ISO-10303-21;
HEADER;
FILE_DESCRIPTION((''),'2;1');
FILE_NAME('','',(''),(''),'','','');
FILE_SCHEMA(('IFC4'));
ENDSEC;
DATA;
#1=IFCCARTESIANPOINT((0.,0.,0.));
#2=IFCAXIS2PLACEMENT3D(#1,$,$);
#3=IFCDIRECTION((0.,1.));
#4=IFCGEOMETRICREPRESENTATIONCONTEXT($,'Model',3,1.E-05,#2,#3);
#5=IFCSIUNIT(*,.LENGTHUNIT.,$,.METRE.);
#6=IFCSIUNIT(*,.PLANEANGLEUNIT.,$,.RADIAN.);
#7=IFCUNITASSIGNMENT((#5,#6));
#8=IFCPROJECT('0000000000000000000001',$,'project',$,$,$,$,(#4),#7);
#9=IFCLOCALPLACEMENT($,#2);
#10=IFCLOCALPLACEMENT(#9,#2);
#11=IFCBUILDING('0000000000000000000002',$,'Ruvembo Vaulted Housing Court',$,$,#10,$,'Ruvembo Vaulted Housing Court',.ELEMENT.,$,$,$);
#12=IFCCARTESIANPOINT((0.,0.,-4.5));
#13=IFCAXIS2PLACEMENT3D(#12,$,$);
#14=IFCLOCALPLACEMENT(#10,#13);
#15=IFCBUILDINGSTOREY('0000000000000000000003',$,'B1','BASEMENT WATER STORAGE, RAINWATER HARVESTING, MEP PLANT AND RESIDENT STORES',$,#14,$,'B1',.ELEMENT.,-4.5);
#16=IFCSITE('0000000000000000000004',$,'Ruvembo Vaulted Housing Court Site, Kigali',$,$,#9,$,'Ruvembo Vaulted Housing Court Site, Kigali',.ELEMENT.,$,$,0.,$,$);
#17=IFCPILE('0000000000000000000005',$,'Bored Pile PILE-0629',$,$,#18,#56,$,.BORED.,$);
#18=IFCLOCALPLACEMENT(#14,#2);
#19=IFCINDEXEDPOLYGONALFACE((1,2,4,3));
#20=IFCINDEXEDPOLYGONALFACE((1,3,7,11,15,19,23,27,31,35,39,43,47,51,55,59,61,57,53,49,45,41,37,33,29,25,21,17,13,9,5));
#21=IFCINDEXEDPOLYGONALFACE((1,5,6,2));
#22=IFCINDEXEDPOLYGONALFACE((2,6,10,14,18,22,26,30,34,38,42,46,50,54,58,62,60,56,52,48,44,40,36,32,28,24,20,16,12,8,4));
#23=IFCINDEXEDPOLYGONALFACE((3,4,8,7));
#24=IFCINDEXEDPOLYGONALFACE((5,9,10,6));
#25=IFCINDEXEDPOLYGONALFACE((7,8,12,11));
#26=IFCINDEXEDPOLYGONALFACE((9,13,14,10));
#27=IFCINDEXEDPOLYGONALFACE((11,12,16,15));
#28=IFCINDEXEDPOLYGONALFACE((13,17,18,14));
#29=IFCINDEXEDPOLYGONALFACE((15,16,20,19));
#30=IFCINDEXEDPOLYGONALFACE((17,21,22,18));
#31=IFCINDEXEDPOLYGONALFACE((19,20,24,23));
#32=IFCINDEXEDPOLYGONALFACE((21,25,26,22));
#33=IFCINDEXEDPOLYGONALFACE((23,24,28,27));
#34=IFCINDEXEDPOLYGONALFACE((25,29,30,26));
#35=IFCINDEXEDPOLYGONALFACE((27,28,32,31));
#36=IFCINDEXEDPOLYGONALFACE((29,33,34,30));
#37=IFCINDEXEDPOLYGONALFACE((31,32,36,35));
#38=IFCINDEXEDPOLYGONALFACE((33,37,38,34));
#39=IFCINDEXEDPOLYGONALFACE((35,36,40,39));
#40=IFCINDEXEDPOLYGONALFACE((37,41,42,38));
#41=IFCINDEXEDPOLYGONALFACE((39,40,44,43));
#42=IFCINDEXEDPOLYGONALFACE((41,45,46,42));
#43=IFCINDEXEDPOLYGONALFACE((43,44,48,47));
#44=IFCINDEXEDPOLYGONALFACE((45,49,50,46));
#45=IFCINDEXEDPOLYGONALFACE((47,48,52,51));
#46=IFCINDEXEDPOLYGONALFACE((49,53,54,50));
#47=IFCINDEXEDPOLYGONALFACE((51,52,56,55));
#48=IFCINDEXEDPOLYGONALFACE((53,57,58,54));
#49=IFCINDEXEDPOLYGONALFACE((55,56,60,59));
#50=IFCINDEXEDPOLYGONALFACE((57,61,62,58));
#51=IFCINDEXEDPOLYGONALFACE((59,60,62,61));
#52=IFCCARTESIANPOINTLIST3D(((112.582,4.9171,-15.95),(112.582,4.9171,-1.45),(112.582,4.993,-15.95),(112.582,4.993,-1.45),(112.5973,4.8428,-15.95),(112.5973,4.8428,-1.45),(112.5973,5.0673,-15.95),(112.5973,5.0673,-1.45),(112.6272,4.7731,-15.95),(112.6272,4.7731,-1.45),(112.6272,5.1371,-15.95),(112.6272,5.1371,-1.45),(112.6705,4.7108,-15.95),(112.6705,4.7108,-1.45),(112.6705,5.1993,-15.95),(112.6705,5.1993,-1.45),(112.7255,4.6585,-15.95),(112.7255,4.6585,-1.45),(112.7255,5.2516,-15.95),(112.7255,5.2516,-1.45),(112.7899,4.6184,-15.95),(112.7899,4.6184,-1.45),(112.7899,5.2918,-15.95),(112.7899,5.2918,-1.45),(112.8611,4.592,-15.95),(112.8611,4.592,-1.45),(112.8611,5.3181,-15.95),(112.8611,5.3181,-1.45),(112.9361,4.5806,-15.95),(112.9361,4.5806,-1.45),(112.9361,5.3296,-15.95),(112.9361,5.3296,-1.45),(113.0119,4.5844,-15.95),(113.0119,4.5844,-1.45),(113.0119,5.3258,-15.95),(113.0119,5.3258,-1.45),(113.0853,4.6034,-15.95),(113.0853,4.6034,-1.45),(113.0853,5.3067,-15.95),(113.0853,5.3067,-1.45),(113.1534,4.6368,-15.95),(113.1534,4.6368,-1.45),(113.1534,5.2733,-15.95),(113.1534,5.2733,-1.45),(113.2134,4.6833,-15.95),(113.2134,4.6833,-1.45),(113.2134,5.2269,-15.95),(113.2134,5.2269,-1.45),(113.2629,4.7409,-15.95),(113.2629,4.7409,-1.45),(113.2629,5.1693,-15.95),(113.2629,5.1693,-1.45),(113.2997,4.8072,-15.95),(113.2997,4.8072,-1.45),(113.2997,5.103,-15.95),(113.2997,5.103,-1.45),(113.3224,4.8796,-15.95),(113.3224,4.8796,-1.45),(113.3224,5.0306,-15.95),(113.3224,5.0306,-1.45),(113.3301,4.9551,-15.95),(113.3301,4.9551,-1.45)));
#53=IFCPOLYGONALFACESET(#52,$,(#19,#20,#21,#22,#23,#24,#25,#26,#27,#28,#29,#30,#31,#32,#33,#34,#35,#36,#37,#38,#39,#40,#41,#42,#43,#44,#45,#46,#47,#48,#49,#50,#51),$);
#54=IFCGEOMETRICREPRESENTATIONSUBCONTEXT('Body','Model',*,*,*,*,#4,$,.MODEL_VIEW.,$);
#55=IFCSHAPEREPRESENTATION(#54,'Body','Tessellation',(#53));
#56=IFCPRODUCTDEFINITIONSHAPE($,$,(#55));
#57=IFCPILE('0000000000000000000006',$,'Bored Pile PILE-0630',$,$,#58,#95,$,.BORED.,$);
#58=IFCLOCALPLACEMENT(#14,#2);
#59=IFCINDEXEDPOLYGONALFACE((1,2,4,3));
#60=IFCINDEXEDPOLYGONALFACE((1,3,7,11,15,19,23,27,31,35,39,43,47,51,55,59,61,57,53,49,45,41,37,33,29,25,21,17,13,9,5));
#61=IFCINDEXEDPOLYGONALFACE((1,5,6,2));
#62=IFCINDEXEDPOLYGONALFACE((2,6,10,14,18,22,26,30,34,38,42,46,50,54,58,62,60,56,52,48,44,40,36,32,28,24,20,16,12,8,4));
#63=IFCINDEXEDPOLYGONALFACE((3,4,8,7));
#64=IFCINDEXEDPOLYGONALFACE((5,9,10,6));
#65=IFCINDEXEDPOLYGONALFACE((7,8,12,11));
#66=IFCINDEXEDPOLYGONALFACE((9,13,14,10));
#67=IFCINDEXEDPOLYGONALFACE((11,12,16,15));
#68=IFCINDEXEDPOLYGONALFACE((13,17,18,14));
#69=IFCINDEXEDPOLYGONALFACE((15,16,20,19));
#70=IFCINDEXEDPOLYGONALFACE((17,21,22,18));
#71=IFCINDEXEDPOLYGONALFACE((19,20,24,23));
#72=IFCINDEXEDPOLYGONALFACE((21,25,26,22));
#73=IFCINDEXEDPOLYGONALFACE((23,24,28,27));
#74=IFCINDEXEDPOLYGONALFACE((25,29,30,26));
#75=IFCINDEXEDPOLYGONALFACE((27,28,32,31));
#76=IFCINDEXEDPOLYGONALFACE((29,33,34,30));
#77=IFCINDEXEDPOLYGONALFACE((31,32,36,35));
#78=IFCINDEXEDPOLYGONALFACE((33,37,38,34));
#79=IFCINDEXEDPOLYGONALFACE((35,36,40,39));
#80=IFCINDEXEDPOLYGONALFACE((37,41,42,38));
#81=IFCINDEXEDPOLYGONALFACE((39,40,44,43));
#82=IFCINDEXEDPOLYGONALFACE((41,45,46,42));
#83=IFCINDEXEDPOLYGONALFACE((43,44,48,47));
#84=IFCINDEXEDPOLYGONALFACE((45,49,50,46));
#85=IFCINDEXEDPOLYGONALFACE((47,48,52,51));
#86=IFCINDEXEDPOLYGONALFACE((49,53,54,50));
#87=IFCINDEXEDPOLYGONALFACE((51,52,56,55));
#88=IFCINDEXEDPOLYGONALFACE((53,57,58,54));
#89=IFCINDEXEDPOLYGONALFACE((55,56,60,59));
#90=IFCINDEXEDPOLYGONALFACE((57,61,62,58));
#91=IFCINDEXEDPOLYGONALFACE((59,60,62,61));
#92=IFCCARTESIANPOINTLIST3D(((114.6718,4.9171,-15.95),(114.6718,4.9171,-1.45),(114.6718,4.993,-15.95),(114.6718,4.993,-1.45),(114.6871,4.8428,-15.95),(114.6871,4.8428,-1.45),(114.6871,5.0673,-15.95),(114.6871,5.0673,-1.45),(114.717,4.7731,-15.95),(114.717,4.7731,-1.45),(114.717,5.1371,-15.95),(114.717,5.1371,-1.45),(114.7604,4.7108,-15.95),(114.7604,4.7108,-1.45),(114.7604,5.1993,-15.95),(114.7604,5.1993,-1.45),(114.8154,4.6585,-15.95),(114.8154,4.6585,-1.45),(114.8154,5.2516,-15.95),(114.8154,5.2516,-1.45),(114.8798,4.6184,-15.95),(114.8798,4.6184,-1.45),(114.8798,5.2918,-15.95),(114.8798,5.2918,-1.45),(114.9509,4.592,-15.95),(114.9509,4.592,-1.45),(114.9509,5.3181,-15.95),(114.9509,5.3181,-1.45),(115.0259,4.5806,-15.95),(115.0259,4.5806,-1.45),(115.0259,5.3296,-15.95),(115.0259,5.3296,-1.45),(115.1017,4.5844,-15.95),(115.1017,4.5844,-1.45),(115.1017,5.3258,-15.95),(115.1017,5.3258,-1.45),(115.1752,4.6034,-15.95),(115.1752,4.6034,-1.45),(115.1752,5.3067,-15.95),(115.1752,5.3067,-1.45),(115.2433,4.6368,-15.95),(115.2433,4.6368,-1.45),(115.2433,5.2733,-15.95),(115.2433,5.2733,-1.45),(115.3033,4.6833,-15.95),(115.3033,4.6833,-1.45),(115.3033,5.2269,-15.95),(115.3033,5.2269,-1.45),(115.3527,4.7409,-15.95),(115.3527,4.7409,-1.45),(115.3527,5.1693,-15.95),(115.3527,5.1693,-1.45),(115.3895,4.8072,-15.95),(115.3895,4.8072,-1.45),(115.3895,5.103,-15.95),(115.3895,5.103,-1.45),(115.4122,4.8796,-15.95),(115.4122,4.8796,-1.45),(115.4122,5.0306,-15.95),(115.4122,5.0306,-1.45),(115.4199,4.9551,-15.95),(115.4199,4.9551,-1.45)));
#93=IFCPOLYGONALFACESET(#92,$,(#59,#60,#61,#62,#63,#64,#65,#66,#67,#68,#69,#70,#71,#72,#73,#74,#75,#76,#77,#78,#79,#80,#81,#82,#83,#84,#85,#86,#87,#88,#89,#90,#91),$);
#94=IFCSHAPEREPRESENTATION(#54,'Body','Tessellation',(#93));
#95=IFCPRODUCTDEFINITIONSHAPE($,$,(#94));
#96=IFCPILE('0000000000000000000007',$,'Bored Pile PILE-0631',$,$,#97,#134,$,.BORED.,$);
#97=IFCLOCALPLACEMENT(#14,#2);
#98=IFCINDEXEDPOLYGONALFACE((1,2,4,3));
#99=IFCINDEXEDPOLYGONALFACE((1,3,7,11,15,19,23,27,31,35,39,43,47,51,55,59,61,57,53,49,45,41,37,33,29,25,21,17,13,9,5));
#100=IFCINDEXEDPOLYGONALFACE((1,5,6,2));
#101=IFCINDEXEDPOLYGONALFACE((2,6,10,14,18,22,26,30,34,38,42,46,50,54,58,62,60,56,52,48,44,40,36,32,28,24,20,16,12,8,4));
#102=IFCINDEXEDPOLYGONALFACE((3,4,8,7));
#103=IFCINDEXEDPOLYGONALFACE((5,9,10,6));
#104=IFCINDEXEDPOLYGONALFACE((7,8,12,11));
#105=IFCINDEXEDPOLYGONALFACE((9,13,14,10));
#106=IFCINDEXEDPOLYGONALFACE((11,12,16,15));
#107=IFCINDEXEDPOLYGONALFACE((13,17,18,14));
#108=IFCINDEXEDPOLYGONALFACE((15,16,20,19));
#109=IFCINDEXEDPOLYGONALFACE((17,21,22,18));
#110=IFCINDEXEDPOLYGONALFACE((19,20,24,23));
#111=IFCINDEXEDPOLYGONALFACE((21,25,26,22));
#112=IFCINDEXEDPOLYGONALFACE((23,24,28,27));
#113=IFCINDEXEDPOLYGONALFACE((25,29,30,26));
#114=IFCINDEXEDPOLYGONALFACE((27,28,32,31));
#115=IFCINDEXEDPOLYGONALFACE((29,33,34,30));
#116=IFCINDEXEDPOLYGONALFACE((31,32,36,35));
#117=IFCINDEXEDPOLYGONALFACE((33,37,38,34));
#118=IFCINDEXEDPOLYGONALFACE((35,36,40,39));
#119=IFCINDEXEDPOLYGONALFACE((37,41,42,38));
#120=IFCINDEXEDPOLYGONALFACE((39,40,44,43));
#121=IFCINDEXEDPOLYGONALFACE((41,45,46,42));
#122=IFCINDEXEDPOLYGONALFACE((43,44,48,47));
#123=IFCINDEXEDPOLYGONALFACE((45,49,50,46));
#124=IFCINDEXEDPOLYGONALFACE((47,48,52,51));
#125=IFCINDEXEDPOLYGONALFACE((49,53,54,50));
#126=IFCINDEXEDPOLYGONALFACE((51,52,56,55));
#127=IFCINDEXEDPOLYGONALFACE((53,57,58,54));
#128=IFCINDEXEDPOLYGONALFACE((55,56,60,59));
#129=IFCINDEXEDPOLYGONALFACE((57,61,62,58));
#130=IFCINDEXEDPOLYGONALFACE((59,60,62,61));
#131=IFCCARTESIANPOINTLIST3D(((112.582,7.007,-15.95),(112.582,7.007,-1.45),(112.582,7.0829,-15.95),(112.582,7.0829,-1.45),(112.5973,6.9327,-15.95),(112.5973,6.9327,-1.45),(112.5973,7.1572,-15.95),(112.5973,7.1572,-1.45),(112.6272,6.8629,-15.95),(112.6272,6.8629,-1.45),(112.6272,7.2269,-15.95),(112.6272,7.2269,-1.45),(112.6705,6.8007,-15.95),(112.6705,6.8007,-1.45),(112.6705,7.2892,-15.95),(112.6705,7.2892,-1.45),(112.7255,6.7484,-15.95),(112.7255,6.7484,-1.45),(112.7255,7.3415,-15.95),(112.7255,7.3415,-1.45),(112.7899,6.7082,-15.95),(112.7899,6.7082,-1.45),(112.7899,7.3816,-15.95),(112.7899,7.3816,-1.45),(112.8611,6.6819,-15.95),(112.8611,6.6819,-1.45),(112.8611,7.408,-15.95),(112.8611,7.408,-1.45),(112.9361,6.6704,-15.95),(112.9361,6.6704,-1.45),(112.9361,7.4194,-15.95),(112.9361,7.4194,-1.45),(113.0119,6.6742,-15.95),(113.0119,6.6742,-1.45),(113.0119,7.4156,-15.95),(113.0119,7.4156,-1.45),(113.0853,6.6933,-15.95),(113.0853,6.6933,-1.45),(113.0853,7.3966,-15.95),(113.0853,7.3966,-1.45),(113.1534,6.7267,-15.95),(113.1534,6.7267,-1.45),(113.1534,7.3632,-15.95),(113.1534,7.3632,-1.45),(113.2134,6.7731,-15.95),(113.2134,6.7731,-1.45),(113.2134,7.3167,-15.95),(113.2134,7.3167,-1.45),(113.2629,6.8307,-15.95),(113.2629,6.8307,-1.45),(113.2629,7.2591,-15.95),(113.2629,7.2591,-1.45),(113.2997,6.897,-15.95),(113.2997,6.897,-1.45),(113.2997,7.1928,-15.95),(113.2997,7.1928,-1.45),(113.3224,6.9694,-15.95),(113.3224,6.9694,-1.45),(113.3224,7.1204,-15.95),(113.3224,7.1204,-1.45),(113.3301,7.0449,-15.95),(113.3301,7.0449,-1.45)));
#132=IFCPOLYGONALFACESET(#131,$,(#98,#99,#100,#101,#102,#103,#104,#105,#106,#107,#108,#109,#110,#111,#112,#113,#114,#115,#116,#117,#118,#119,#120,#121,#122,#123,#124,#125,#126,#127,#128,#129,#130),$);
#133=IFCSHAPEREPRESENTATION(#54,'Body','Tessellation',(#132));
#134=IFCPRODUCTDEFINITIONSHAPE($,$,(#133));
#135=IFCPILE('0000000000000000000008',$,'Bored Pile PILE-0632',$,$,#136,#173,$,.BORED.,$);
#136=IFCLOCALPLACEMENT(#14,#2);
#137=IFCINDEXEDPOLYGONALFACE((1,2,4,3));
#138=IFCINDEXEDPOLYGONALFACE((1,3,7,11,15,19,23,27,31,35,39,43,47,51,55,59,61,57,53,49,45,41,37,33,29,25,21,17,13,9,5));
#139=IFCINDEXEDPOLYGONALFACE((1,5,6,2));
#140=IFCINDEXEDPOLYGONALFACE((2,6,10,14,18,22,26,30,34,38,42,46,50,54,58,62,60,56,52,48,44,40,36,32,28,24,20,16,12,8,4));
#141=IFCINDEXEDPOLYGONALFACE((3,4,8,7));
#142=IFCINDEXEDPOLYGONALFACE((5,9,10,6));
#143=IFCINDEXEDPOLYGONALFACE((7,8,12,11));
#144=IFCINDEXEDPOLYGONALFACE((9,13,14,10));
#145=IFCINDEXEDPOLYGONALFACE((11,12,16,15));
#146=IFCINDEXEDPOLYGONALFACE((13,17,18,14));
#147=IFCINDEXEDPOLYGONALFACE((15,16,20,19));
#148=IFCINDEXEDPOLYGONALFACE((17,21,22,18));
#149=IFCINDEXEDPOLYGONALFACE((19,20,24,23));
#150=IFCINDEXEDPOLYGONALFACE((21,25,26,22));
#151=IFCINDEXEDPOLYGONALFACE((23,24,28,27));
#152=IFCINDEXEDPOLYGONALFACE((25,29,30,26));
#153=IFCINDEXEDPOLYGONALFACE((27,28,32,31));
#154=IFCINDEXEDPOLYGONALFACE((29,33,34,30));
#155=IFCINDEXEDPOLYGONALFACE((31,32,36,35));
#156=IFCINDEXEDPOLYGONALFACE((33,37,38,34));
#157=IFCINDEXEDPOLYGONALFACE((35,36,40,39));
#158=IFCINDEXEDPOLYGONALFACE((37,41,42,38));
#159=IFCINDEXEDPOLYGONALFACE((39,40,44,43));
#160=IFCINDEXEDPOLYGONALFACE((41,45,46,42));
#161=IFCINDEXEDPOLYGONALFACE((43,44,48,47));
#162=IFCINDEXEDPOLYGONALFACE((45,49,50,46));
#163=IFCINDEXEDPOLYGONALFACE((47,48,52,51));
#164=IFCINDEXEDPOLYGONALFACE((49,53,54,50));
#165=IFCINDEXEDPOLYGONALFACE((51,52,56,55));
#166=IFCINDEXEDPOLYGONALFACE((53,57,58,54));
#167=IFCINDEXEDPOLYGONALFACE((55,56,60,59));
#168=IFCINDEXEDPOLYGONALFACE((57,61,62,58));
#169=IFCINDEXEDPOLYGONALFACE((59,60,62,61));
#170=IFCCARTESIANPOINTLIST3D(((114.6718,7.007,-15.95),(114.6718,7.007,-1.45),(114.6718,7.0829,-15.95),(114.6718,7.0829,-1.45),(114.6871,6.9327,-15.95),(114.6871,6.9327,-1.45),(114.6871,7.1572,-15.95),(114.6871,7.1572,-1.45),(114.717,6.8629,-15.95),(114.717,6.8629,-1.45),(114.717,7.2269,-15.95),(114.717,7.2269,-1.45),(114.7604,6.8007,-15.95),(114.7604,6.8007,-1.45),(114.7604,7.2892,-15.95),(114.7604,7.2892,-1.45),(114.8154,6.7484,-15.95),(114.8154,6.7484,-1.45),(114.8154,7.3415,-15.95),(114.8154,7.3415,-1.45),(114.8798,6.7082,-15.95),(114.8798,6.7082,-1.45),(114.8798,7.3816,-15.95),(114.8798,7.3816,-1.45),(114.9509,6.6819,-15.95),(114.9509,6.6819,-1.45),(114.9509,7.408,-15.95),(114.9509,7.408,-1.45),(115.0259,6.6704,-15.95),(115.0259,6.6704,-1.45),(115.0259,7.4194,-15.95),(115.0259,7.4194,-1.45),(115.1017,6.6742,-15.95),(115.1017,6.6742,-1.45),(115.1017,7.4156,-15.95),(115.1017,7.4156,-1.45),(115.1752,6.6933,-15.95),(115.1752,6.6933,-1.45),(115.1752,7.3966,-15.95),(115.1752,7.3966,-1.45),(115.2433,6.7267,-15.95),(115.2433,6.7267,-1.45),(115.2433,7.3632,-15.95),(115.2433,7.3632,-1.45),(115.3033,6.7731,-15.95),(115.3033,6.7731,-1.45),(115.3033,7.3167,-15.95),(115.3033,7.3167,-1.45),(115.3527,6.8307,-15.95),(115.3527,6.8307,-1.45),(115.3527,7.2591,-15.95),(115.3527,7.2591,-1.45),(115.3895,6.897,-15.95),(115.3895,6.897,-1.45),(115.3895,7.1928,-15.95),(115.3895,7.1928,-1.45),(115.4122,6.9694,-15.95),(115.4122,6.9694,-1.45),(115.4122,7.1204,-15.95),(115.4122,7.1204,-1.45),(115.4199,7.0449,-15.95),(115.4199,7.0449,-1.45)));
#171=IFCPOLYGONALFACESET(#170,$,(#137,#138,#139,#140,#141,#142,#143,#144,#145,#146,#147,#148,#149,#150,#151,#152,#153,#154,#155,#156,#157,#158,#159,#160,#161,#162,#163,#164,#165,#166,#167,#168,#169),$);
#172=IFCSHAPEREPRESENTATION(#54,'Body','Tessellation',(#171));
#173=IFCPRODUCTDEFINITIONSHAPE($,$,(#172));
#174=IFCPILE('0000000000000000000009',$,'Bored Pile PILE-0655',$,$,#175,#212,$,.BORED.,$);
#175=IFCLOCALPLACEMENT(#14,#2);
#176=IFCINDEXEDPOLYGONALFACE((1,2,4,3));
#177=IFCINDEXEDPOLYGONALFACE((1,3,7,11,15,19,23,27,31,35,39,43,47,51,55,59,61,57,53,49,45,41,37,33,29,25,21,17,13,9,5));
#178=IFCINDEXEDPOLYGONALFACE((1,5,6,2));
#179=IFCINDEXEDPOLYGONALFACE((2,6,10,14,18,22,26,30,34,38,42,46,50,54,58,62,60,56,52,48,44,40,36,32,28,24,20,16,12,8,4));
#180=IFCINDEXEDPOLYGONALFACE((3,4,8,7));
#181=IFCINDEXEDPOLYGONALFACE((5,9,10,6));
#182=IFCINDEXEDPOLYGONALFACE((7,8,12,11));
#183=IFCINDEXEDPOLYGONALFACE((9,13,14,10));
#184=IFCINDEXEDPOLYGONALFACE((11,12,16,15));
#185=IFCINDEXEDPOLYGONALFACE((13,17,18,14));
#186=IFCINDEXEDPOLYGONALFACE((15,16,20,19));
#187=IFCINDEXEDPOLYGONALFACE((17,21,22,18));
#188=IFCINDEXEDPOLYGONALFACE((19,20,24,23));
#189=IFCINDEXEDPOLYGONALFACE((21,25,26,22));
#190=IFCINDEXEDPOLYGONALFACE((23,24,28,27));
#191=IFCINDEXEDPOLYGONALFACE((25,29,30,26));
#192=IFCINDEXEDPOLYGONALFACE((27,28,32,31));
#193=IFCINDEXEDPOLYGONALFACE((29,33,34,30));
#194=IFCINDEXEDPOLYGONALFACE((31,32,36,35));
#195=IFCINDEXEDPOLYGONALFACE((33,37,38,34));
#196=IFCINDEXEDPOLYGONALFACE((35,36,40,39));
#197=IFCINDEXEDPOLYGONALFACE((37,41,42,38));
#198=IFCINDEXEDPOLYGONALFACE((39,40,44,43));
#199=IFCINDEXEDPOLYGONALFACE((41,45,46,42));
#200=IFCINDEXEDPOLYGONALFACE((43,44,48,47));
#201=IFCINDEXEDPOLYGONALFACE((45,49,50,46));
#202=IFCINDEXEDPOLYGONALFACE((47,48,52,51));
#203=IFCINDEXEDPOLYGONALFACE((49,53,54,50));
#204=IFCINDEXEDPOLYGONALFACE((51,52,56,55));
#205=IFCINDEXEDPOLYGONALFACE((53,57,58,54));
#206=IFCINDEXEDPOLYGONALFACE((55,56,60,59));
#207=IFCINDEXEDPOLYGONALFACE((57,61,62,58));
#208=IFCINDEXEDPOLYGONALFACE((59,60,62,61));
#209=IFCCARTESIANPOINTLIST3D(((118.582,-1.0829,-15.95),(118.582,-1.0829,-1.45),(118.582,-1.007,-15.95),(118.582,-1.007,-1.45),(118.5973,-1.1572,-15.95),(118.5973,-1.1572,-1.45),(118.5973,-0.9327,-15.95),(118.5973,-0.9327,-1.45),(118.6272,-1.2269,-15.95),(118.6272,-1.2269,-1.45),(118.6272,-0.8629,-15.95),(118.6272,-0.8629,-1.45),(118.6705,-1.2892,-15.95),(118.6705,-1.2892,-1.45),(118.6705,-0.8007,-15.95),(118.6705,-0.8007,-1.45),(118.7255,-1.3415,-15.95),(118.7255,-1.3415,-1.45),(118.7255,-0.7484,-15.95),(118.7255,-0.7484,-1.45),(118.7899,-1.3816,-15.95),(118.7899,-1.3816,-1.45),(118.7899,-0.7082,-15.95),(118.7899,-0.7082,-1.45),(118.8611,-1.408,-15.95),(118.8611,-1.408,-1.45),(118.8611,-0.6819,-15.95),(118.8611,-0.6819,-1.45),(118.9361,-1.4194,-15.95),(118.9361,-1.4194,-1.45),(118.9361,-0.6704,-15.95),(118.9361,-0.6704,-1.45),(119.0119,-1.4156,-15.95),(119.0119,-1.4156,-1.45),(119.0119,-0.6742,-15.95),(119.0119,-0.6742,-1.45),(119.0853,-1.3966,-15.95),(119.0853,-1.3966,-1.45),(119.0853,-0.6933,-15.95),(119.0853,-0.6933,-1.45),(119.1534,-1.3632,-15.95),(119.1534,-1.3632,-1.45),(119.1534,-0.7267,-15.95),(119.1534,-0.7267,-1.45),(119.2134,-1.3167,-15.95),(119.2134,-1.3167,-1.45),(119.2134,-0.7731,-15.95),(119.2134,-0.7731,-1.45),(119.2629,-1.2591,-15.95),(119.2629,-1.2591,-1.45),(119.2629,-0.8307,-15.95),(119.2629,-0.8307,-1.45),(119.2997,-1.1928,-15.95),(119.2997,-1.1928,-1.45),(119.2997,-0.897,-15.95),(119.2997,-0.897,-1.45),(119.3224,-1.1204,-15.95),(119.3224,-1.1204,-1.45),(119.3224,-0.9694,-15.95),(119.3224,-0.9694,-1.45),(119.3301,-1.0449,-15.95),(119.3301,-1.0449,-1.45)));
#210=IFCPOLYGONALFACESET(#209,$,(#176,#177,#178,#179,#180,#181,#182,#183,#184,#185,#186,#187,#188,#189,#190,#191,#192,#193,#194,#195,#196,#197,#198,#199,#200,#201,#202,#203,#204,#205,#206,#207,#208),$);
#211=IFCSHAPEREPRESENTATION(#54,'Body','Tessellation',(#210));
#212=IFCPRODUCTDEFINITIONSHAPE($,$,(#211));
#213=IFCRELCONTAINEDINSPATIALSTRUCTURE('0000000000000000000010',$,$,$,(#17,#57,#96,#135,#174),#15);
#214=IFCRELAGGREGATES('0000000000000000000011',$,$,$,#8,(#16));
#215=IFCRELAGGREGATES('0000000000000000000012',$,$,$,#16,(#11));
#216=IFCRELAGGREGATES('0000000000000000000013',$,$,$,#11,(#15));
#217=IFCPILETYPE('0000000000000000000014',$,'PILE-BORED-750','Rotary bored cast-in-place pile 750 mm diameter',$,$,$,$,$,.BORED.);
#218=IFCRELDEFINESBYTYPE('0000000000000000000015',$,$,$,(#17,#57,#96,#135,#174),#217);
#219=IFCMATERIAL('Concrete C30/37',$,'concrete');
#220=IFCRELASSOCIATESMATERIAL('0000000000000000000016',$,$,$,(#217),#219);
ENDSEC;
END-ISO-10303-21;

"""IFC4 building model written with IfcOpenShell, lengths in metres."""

from ifc_helpers import new_model, si_unit, direction, frame, origin, origin_2d, place, context, subcontext, project, spatial, circle, extrude, material, material_profile, profile_set, type_object, element, save


model = new_model("IFC4")

# Units and contexts
model_context = context("Model", 3, precision=1e-05, world=origin(), true_north=direction((0.0, 1.0)))
body_context = subcontext(model_context, "Body", "Model", "MODEL_VIEW")
ifc_project = project(units=[si_unit("LENGTHUNIT", "METRE"), si_unit("PLANEANGLEUNIT", "RADIAN")], contexts=[model_context])

# Site, building, storey
site_placement = place(None, origin())
site = spatial("IfcSite", under=ifc_project, at=site_placement, Name="Ruvembo Vaulted Housing Court Site, Kigali", LongName="Ruvembo Vaulted Housing Court Site, Kigali", CompositionType="ELEMENT", RefElevation=0.0)
building_placement = place(site_placement, origin())
building = spatial("IfcBuilding", under=site, at=building_placement, Name="Ruvembo Vaulted Housing Court", LongName="Ruvembo Vaulted Housing Court", CompositionType="ELEMENT")
storey_placement = place(building_placement, frame((0.0, 0.0, -4.5)))
storey = spatial("IfcBuildingStorey", under=building, at=storey_placement, Name="B1", Description="BASEMENT WATER STORAGE, RAINWATER HARVESTING, MEP PLANT AND RESIDENT STORES", LongName="B1", CompositionType="ELEMENT", Elevation=-4.5)

# Piles
ifc_material_1 = material(Name="Concrete C30/37", Category="concrete")
ifc_material_profile_1 = material_profile(ifc_material_1, circle(Radius=0.375, at=origin_2d()), Name="PILE D750")
ifc_profile_set_1 = profile_set([ifc_material_profile_1], Name="Concrete C30/37")
pile_type_1 = type_object("IfcPileType", Name="PILE-BORED-750", Description="Rotary bored cast-in-place pile 750 mm diameter", PredefinedType="BORED", material=ifc_profile_set_1)
for number, where, z_axis, x_axis, name in (
    (1, (112.9551, 4.9551, -1.45), (0.0, 0.0, -1.0), (1.0, 0.0, 0.0), "Bored Pile PILE-0629"),
    (2, (115.0449, 4.9551, -1.45), (0.0, 0.0, -1.0), (1.0, 0.0, 0.0), "Bored Pile PILE-0630"),
    (3, (112.9551, 7.0449, -1.45), (0.0, 0.0, -1.0), (1.0, 0.0, 0.0), "Bored Pile PILE-0631"),
    (4, (115.0449, 7.0449, -1.45), (0.0, 0.0, -1.0), (1.0, 0.0, 0.0), "Bored Pile PILE-0632"),
    (5, (118.9551, -1.0449, -1.45), (0.0, 0.0, -1.0), (1.0, 0.0, 0.0), "Bored Pile PILE-0655"),
):
    element("IfcPile", number, at=place(storey_placement, frame(where, z_axis=z_axis, x_axis=x_axis)), inside=storey, type_object=pile_type_1, Name=name, PredefinedType="BORED", context=body_context, shape_type="SweptSolid", body=[
        extrude(circle(Radius=0.375, at=origin_2d()), origin(), (0.0, 0.0, 1.0), 14.5),
    ])

save(model, "model.ifc")
